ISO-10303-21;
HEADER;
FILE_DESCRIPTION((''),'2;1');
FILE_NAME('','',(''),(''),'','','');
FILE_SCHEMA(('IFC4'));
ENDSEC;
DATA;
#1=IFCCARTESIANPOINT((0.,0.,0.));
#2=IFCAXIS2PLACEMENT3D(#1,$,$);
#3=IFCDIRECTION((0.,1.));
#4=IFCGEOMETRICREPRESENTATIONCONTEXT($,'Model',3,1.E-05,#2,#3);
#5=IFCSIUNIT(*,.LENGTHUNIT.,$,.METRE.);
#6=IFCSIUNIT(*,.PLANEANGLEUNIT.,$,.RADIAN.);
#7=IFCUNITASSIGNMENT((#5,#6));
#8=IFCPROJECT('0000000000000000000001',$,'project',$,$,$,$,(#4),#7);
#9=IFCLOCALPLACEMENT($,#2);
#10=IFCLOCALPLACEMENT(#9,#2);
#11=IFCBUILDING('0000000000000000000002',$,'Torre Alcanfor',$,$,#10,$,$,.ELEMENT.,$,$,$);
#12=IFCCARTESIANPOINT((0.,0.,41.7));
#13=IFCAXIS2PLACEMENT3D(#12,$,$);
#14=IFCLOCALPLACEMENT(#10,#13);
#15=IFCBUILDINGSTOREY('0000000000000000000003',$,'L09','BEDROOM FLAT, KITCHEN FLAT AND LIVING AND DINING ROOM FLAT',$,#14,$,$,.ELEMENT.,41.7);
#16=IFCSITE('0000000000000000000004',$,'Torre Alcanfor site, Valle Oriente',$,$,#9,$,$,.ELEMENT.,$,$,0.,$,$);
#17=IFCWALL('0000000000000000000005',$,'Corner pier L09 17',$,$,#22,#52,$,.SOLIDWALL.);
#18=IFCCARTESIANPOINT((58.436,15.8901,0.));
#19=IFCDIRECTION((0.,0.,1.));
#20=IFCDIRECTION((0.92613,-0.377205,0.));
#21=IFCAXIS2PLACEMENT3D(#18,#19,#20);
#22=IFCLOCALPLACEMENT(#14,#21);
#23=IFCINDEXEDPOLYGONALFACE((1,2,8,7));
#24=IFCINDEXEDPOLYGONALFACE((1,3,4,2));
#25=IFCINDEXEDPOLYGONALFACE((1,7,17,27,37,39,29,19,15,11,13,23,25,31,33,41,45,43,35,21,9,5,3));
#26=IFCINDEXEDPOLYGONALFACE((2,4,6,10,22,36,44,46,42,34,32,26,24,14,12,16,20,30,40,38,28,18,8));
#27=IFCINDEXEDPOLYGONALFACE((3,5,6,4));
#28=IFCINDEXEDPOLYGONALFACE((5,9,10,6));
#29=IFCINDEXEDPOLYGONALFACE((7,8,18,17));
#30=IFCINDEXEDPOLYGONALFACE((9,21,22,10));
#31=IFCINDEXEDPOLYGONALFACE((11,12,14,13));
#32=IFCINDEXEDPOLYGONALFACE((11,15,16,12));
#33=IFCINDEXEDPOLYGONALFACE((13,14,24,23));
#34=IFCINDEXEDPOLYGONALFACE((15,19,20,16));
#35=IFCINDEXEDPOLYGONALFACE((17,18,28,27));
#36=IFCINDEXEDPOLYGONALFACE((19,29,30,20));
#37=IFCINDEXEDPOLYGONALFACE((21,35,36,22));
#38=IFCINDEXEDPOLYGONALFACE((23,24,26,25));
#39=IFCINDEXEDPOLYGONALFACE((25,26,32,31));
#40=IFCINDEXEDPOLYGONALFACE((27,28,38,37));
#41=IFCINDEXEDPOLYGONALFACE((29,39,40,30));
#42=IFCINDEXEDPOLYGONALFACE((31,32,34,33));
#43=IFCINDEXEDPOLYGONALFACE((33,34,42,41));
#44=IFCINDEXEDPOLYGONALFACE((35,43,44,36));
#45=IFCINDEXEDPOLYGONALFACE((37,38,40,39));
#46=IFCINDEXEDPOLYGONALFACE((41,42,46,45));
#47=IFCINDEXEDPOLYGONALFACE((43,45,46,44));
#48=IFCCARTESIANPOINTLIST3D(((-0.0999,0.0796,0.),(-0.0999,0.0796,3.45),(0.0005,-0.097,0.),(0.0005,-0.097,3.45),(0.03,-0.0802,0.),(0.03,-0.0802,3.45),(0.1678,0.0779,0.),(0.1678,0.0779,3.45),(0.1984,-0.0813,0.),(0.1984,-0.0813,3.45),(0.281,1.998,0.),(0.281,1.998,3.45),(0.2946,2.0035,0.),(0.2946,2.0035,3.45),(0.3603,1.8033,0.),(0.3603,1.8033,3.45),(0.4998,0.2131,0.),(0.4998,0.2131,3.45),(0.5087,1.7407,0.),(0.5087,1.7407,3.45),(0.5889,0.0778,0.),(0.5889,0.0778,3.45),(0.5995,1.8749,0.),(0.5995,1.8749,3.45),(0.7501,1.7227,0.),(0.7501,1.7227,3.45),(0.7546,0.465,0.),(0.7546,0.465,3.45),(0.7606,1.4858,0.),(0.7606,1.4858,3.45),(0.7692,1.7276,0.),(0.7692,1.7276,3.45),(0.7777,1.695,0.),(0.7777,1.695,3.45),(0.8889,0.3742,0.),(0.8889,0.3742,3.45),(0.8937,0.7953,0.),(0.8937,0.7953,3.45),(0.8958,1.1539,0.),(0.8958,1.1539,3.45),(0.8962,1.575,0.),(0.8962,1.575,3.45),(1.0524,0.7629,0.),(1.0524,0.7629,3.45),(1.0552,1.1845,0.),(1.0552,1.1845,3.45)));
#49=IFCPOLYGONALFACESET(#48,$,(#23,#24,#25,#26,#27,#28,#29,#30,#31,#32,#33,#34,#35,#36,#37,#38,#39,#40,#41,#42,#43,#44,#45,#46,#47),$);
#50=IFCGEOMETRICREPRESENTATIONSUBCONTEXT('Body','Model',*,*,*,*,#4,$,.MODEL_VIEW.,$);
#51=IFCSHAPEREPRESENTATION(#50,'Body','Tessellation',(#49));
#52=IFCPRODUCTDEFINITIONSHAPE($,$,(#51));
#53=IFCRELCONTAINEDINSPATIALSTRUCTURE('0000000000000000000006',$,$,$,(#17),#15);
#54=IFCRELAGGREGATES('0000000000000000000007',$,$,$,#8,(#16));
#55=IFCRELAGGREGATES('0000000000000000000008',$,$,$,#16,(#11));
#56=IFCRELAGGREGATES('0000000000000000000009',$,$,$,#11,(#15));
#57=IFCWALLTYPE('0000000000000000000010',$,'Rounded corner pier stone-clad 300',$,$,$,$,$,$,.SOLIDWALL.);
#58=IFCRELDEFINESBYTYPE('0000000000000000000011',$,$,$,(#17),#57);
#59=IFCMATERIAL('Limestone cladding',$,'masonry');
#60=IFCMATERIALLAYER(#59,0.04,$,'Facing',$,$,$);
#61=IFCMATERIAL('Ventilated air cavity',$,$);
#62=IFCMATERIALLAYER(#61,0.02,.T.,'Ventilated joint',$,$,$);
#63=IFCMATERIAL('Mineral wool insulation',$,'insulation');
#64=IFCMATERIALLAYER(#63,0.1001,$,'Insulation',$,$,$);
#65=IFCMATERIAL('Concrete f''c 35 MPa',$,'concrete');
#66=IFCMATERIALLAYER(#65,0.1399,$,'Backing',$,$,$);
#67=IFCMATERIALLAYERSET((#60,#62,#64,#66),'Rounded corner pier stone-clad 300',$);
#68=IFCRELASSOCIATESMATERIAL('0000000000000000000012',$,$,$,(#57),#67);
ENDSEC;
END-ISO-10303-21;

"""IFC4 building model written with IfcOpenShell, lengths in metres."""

from ifc_helpers import new_model, si_unit, direction, frame, origin, place, context, subcontext, project, spatial, polyline, outline, extrude, material, layer, layer_set, type_object, element, save


model = new_model("IFC4")

# Units and contexts
model_context = context("Model", 3, precision=1e-05, world=origin(), true_north=direction((0.0, 1.0)))
body_context = subcontext(model_context, "Body", "Model", "MODEL_VIEW")
ifc_project = project(units=[si_unit("LENGTHUNIT", "METRE"), si_unit("PLANEANGLEUNIT", "RADIAN")], contexts=[model_context])

# Site, building, storey
site_placement = place(None, origin())
site = spatial("IfcSite", under=ifc_project, at=site_placement, Name="Torre Alcanfor site, Valle Oriente", CompositionType="ELEMENT", RefElevation=0.0)
building_placement = place(site_placement, origin())
building = spatial("IfcBuilding", under=site, at=building_placement, Name="Torre Alcanfor", CompositionType="ELEMENT")
storey_placement = place(building_placement, frame((0.0, 0.0, 41.7)))
storey = spatial("IfcBuildingStorey", under=building, at=storey_placement, Name="L09", Description="BEDROOM FLAT, KITCHEN FLAT AND LIVING AND DINING ROOM FLAT", CompositionType="ELEMENT", Elevation=41.7)

# Shared definitions
ifc_material_1 = material(Name="Limestone cladding", Category="masonry")
ifc_material_2 = material(Name="Ventilated air cavity")
ifc_material_3 = material(Name="Mineral wool insulation", Category="insulation")
ifc_material_4 = material(Name="Concrete f'c 35 MPa", Category="concrete")

# Wall
ifc_layer_1 = layer(ifc_material_1, 0.04, Name="Facing")
ifc_layer_2 = layer(ifc_material_2, 0.02, ventilated=True, Name="Ventilated joint")
ifc_layer_3 = layer(ifc_material_3, 0.1001, Name="Insulation")
ifc_layer_4 = layer(ifc_material_4, 0.1399, Name="Backing")
ifc_layer_set_1 = layer_set([ifc_layer_1, ifc_layer_2, ifc_layer_3, ifc_layer_4], Name="Rounded corner pier stone-clad 300")
wall_type_1 = type_object("IfcWallType", Name="Rounded corner pier stone-clad 300", PredefinedType="SOLIDWALL", material=ifc_layer_set_1)
wall_1_placement = place(storey_placement, frame((58.436, 15.8901, 0.0), z_axis=(0.0, 0.0, 1.0), x_axis=(0.92613, -0.377205, 0.0)))
element("IfcWall", 1, at=wall_1_placement, inside=storey, type_object=wall_type_1, Name="Corner pier L09 17", PredefinedType="SOLIDWALL", context=body_context, shape_type="SweptSolid", body=[
    extrude(outline(polyline([(0.7692, 1.7276), (0.7501, 1.7227), (0.5995, 1.8749), (0.2946, 2.0035), (0.281, 1.998), (0.3603, 1.8033), (0.5087, 1.7407), (0.7606, 1.4858), (0.8958, 1.1539), (0.8937, 0.7953), (0.7546, 0.465), (0.4998, 0.2131), (0.1678, 0.0779), (-0.0999, 0.0796), (0.0005, -0.097), (0.03, -0.0802), (0.1984, -0.0813), (0.5889, 0.0778), (0.8889, 0.3742), (1.0524, 0.7629), (1.0552, 1.1845), (0.8962, 1.575), (0.7777, 1.695), (0.7692, 1.7276)])), origin(), (0.0, 0.0, 1.0), 3.45),
])

save(model, "model.ifc")
